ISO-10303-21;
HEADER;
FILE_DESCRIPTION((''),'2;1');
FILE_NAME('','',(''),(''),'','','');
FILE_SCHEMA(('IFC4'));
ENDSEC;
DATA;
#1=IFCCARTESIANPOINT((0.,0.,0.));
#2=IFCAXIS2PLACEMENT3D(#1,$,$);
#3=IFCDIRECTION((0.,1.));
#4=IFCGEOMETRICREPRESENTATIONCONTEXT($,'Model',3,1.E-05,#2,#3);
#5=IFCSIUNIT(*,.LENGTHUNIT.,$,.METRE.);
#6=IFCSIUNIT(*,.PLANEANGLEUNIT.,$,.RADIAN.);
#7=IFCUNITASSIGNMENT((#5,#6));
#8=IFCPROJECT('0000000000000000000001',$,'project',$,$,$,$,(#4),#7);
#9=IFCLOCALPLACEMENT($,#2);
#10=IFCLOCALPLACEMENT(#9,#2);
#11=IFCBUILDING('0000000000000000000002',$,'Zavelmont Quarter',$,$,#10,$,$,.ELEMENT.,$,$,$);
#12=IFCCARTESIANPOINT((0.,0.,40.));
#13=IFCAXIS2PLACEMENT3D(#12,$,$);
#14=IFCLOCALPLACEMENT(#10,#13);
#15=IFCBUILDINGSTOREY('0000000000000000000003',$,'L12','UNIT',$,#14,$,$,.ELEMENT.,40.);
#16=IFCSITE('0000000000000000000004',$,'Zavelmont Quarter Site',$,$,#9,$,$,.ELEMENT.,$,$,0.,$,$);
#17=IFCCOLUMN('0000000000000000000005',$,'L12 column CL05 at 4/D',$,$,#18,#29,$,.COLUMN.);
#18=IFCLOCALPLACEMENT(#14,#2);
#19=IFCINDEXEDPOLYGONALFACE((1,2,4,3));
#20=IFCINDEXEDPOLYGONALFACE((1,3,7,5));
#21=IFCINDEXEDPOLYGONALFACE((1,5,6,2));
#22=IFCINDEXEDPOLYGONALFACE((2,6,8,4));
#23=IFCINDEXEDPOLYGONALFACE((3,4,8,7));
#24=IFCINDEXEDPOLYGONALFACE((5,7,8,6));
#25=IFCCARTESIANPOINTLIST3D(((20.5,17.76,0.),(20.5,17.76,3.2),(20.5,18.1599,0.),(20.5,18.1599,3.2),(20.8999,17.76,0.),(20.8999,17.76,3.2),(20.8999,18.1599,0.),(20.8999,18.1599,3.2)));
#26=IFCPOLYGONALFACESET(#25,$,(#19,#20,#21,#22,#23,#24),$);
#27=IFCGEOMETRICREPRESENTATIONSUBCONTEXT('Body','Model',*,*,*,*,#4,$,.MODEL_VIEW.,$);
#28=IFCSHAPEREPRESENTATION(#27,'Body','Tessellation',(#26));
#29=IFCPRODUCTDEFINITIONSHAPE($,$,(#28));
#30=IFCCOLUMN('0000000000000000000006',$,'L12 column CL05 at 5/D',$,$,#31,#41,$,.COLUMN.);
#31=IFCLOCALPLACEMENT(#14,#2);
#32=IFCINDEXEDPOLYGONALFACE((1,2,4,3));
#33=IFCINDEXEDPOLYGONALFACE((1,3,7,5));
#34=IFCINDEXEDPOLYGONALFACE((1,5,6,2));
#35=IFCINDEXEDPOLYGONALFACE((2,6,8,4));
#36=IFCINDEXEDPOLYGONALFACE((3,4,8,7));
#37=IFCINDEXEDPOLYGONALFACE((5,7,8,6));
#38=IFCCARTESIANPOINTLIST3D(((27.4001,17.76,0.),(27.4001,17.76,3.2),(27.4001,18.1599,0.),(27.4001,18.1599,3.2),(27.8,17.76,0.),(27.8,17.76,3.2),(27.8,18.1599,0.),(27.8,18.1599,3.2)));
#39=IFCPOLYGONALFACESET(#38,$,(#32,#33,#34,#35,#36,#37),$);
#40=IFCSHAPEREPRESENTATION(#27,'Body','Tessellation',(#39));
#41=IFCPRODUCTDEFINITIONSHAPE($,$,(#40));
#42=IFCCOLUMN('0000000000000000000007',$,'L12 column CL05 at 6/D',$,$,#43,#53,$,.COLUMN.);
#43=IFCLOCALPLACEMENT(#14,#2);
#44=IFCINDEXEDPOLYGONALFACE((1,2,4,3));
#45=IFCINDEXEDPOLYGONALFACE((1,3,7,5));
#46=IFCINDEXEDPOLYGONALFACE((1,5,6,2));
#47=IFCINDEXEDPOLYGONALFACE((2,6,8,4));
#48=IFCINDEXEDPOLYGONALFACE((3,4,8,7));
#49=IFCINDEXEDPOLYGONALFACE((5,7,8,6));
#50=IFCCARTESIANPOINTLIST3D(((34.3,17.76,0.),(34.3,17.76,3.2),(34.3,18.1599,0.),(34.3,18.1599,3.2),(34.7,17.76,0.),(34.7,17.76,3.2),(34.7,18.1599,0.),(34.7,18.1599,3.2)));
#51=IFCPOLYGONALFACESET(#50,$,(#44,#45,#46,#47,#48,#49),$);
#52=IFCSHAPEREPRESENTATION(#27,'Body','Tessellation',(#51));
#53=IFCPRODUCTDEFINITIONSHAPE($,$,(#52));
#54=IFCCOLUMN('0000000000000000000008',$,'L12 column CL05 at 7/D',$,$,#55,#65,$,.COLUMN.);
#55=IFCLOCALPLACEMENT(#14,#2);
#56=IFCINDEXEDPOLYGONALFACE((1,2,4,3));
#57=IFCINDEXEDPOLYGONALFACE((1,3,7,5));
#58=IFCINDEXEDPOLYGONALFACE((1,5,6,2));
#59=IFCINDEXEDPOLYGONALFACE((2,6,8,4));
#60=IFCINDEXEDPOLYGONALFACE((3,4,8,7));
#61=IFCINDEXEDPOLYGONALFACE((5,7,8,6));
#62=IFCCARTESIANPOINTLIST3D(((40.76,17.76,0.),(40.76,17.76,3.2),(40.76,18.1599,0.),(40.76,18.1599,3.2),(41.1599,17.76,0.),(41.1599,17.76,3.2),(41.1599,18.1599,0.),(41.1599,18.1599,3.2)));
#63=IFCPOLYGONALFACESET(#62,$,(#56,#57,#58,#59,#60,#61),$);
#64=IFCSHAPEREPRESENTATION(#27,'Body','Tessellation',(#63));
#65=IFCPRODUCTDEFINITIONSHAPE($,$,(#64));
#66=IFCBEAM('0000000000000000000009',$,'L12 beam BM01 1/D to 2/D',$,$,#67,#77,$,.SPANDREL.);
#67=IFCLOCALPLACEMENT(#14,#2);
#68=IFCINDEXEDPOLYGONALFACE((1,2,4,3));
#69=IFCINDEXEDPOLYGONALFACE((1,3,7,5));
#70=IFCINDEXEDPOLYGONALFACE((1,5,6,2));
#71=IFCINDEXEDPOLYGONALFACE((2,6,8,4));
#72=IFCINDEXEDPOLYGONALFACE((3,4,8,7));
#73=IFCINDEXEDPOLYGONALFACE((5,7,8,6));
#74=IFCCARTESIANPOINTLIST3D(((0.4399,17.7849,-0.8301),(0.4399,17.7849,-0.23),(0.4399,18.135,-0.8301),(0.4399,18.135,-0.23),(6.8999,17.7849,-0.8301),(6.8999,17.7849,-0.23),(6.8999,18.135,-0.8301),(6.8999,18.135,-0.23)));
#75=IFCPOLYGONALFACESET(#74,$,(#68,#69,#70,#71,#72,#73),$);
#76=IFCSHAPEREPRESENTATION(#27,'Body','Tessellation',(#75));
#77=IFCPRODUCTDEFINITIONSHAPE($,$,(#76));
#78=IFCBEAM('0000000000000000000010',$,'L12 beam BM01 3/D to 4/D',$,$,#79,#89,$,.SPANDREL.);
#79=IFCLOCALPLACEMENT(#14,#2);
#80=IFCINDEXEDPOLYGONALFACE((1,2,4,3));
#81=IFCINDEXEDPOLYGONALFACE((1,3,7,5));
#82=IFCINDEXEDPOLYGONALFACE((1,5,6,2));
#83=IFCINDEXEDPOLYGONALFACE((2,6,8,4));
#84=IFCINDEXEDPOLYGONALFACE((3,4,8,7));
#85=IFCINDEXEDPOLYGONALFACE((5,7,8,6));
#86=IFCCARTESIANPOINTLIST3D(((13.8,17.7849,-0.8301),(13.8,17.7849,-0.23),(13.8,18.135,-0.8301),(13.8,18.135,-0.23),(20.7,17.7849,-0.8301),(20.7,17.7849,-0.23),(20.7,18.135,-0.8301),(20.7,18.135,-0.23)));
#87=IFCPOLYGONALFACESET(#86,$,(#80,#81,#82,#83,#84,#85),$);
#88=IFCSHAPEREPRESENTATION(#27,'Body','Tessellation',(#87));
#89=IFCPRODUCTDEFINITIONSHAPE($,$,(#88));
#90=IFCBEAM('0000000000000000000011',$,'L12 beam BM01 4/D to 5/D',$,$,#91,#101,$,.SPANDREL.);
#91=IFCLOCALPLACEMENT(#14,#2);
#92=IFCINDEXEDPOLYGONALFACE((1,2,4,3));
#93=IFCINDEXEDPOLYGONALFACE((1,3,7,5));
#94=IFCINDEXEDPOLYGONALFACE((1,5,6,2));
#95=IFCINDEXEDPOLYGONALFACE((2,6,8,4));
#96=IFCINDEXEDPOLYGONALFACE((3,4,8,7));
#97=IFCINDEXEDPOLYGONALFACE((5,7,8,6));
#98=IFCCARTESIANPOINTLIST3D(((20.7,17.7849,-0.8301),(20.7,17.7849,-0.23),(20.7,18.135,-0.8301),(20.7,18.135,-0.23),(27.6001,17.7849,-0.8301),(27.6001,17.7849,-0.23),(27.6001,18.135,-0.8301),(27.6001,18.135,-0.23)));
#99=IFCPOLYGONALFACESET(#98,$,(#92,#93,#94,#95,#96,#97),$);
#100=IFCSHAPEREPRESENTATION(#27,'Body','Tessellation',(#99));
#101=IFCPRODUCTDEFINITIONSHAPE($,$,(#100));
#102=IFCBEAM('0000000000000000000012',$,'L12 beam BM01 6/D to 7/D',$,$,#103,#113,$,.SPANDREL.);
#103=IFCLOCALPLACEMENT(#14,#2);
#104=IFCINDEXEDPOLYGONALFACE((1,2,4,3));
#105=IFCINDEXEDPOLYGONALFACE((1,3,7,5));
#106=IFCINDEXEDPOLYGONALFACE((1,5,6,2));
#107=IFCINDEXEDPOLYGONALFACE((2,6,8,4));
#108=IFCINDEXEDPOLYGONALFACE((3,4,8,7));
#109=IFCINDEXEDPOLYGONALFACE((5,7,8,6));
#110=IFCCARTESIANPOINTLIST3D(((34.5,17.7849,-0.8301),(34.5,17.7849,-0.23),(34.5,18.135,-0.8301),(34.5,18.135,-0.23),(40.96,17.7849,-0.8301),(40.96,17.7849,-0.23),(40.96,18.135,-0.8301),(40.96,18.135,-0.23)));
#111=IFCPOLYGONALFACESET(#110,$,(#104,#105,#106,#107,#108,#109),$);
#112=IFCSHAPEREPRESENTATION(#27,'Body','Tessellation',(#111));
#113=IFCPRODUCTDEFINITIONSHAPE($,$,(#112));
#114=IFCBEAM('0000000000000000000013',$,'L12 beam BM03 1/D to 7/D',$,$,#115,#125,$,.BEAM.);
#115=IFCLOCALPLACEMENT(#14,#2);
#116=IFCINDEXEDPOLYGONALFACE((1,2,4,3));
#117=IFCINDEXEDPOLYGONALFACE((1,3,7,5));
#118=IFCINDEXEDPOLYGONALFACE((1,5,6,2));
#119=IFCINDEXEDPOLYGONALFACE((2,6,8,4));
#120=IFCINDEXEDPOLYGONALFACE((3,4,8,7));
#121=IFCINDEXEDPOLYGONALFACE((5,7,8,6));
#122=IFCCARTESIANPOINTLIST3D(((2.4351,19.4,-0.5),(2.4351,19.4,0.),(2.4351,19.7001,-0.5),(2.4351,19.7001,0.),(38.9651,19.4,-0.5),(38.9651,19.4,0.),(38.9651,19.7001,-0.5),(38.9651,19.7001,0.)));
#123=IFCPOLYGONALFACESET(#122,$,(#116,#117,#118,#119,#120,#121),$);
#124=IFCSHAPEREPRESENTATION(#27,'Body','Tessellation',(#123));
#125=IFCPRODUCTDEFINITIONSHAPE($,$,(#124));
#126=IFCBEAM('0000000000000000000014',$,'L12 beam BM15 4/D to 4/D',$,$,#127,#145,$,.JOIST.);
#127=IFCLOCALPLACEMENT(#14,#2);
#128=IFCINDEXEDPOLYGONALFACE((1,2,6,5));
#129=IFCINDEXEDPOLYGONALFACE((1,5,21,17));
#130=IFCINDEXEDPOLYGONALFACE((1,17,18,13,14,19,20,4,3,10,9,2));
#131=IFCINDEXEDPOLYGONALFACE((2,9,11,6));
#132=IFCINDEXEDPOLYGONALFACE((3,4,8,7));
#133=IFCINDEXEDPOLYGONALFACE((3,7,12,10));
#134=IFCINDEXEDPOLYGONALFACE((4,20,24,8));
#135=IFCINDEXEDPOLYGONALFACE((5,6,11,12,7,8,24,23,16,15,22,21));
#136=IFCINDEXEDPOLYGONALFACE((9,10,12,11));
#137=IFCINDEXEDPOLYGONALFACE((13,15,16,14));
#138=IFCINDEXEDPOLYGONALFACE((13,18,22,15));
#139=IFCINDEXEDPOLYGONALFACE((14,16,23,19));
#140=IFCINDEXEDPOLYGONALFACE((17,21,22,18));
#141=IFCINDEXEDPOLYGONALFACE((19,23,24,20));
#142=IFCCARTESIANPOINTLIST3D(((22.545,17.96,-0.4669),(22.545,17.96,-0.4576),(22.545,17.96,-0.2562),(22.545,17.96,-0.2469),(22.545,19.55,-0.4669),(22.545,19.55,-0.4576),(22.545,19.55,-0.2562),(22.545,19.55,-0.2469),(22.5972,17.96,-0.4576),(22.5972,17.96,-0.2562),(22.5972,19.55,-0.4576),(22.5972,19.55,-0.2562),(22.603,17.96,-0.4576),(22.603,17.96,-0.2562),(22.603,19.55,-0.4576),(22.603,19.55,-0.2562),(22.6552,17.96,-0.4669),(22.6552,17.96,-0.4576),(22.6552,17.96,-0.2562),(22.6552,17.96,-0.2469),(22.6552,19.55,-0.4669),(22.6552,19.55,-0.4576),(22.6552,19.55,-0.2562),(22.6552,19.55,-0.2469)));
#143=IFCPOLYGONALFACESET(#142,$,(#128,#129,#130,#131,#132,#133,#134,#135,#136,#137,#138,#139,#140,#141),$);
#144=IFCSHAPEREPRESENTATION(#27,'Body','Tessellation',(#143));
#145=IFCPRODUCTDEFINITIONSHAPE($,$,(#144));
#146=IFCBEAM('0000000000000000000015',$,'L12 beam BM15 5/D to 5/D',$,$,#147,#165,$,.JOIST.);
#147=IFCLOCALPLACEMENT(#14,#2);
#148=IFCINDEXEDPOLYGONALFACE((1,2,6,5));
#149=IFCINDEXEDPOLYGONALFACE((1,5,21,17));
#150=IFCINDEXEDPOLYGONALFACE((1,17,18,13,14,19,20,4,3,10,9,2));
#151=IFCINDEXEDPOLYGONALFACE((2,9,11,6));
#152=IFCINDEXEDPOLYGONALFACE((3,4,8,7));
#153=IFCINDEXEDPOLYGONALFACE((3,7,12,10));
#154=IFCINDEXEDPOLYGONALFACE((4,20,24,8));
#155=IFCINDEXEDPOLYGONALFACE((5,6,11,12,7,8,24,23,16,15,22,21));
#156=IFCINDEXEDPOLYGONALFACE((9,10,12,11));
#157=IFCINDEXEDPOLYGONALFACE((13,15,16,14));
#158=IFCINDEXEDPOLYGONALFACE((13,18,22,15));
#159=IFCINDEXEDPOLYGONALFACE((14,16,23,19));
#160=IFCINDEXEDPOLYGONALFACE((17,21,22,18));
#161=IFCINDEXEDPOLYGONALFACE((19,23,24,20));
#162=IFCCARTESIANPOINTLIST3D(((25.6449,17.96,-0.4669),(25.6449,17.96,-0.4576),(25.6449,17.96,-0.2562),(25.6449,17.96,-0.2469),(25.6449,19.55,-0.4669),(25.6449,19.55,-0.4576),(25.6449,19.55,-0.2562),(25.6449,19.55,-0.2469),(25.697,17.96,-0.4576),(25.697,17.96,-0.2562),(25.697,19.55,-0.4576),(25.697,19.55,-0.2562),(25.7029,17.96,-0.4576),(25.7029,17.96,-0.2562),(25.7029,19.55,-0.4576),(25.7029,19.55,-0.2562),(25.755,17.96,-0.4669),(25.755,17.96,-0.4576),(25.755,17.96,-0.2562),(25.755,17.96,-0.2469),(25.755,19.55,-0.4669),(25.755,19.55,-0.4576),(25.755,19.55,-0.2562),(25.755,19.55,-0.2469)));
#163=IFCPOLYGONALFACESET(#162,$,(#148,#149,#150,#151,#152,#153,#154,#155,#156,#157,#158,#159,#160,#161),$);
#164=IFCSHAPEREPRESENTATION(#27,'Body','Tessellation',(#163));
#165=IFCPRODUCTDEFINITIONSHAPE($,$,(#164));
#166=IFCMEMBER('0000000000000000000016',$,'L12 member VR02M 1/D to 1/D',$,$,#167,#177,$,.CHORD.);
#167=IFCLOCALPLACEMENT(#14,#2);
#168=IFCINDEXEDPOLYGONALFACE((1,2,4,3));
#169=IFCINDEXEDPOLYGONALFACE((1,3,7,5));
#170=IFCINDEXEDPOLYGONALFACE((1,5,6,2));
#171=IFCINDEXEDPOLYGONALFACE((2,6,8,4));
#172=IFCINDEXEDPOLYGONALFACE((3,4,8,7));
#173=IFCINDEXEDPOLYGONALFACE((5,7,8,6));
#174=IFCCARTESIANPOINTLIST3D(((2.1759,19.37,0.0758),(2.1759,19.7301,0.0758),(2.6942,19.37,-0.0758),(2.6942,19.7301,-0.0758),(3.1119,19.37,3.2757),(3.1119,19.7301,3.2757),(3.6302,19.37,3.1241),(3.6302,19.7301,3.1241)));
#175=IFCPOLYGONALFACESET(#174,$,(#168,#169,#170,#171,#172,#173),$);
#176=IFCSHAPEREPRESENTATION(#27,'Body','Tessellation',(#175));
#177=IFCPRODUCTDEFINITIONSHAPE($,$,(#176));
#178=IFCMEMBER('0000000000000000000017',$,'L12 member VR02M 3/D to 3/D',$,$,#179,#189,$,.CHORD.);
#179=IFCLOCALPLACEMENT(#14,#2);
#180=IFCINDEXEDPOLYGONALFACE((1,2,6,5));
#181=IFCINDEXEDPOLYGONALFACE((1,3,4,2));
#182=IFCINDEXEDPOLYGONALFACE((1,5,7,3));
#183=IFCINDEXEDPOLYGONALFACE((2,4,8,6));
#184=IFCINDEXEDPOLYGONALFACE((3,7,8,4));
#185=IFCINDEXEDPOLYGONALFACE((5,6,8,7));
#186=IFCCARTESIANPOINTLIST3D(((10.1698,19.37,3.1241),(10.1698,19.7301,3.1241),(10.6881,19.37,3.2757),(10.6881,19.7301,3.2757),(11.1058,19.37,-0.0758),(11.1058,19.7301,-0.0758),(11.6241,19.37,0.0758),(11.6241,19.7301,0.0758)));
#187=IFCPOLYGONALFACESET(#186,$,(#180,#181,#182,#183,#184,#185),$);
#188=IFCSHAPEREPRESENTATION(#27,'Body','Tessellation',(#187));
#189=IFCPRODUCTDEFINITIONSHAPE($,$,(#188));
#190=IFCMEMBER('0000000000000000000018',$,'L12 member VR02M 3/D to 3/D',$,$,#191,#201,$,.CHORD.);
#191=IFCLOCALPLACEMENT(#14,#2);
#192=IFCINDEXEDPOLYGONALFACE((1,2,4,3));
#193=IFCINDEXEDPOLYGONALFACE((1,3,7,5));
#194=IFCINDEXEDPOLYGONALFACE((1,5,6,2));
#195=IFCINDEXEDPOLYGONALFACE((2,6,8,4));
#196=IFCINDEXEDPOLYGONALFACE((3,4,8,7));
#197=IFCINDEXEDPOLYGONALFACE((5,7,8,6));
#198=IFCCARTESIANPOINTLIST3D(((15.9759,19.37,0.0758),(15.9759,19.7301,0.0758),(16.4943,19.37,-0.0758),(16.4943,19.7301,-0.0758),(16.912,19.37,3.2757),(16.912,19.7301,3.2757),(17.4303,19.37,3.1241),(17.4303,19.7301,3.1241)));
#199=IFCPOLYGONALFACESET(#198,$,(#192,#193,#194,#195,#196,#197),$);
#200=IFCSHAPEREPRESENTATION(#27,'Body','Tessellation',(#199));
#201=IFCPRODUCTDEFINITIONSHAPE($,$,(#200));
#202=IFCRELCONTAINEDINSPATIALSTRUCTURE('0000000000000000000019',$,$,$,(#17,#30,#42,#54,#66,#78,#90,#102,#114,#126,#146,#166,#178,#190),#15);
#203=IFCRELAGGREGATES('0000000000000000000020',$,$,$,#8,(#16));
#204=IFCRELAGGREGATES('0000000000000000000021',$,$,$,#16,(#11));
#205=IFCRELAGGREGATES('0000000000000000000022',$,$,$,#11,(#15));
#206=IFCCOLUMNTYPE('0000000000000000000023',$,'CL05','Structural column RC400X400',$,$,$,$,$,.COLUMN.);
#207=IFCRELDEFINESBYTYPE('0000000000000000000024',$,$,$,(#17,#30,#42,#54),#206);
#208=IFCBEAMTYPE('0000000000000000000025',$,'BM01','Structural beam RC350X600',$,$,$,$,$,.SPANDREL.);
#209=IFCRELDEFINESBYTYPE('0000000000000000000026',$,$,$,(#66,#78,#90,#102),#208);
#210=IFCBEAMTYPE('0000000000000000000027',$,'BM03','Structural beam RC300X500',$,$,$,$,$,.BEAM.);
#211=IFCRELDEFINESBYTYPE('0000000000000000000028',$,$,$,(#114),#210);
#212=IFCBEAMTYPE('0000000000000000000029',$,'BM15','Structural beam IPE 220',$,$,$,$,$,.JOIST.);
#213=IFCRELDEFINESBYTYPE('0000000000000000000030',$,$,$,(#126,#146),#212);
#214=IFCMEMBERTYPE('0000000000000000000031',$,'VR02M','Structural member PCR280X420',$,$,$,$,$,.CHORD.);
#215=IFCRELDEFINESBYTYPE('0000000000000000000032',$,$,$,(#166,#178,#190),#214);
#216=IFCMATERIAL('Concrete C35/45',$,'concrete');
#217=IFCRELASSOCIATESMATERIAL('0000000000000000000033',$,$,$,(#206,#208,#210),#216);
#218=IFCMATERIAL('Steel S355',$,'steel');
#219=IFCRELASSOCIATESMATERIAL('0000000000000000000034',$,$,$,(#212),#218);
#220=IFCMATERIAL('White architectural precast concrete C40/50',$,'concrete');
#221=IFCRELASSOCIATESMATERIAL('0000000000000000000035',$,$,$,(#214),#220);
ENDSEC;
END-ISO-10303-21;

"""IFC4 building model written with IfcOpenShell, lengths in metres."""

from ifc_helpers import new_model, si_unit, direction, frame, origin, origin_2d, place, context, subcontext, project, spatial, rectangle, i_section, extrude, material, material_profile, profile_set, type_object, element, save


model = new_model("IFC4")

# Units and contexts
model_context = context("Model", 3, precision=1e-05, world=origin(), true_north=direction((0.0, 1.0)))
body_context = subcontext(model_context, "Body", "Model", "MODEL_VIEW")
ifc_project = project(units=[si_unit("LENGTHUNIT", "METRE"), si_unit("PLANEANGLEUNIT", "RADIAN")], contexts=[model_context])

# Site, building, storey
site_placement = place(None, origin())
site = spatial("IfcSite", under=ifc_project, at=site_placement, Name="Zavelmont Quarter Site", CompositionType="ELEMENT", RefElevation=0.0)
building_placement = place(site_placement, origin())
building = spatial("IfcBuilding", under=site, at=building_placement, Name="Zavelmont Quarter", CompositionType="ELEMENT")
storey_placement = place(building_placement, frame((0.0, 0.0, 40.0)))
storey = spatial("IfcBuildingStorey", under=building, at=storey_placement, Name="L12", Description="UNIT", CompositionType="ELEMENT", Elevation=40.0)

# Columns
ifc_material_1 = material(Name="Concrete C35/45", Category="concrete")
ifc_material_profile_1 = material_profile(ifc_material_1, rectangle(XDim=0.3999, YDim=0.3999, at=origin_2d()), Name="RC400X400")
ifc_profile_set_1 = profile_set([ifc_material_profile_1], Name="Concrete C35/45")
column_type = type_object("IfcColumnType", Name="CL05", Description="Structural column RC400X400", PredefinedType="COLUMN", material=ifc_profile_set_1)
for number, where, z_axis, x_axis, name in (
    (1, (20.7, 17.96, 0.0), (0.0, 0.0, 1.0), (1.0, 0.0, 0.0), "L12 column CL05 at 4/D"),
    (2, (27.6001, 17.96, 0.0), (0.0, 0.0, 1.0), (1.0, 0.0, 0.0), "L12 column CL05 at 5/D"),
    (3, (34.5, 17.96, 0.0), (0.0, 0.0, 1.0), (1.0, 0.0, 0.0), "L12 column CL05 at 6/D"),
    (4, (40.96, 17.96, 0.0), (0.0, 0.0, 1.0), (1.0, 0.0, 0.0), "L12 column CL05 at 7/D"),
):
    element("IfcColumn", number, at=place(storey_placement, frame(where, z_axis=z_axis, x_axis=x_axis)), inside=storey, type_object=column_type, Name=name, PredefinedType="COLUMN", context=body_context, shape_type="SweptSolid", body=[
        extrude(rectangle(XDim=0.3999, YDim=0.3999, at=origin_2d()), origin(), (0.0, 0.0, 1.0), 3.2),
    ])

# Beams
ifc_material_profile_2 = material_profile(ifc_material_1, rectangle(XDim=0.3501, YDim=0.6001, at=origin_2d()), Name="RC350X600")
ifc_profile_set_2 = profile_set([ifc_material_profile_2], Name="Concrete C35/45")
beam_type_1 = type_object("IfcBeamType", Name="BM01", Description="Structural beam RC350X600", PredefinedType="SPANDREL", material=ifc_profile_set_2)
beam_1_placement = place(storey_placement, frame((0.4399, 17.96, -0.53), z_axis=(1.0, 0.0, 0.0), x_axis=(0.0, 1.0, 0.0)))
element("IfcBeam", 5, at=beam_1_placement, inside=storey, type_object=beam_type_1, Name="L12 beam BM01 1/D to 2/D", PredefinedType="SPANDREL", context=body_context, shape_type="SweptSolid", body=[
    extrude(rectangle(XDim=0.3501, YDim=0.6001, at=origin_2d()), origin(), (0.0, 0.0, 1.0), 6.46),
])
beam_2_placement = place(storey_placement, frame((13.8, 17.96, -0.53), z_axis=(1.0, 0.0, 0.0), x_axis=(0.0, 1.0, 0.0)))
element("IfcBeam", 6, at=beam_2_placement, inside=storey, type_object=beam_type_1, Name="L12 beam BM01 3/D to 4/D", PredefinedType="SPANDREL", context=body_context, shape_type="SweptSolid", body=[
    extrude(rectangle(XDim=0.3501, YDim=0.6001, at=origin_2d()), origin(), (0.0, 0.0, 1.0), 6.8999),
])
beam_3_placement = place(storey_placement, frame((20.7, 17.96, -0.53), z_axis=(1.0, 0.0, 0.0), x_axis=(0.0, 1.0, 0.0)))
element("IfcBeam", 7, at=beam_3_placement, inside=storey, type_object=beam_type_1, Name="L12 beam BM01 4/D to 5/D", PredefinedType="SPANDREL", context=body_context, shape_type="SweptSolid", body=[
    extrude(rectangle(XDim=0.3501, YDim=0.6001, at=origin_2d()), origin(), (0.0, 0.0, 1.0), 6.9001),
])
beam_4_placement = place(storey_placement, frame((34.5, 17.96, -0.53), z_axis=(1.0, 0.0, 0.0), x_axis=(0.0, 1.0, 0.0)))
element("IfcBeam", 8, at=beam_4_placement, inside=storey, type_object=beam_type_1, Name="L12 beam BM01 6/D to 7/D", PredefinedType="SPANDREL", context=body_context, shape_type="SweptSolid", body=[
    extrude(rectangle(XDim=0.3501, YDim=0.6001, at=origin_2d()), origin(), (0.0, 0.0, 1.0), 6.46),
])
ifc_material_profile_3 = material_profile(ifc_material_1, rectangle(XDim=0.3, YDim=0.5, at=origin_2d()), Name="RC300X500")
ifc_profile_set_3 = profile_set([ifc_material_profile_3], Name="Concrete C35/45")
beam_type_2 = type_object("IfcBeamType", Name="BM03", Description="Structural beam RC300X500", PredefinedType="BEAM", material=ifc_profile_set_3)
beam_5_placement = place(storey_placement, frame((2.4351, 19.55, -0.25), z_axis=(1.0, 0.0, 0.0), x_axis=(0.0, 1.0, 0.0)))
element("IfcBeam", 9, at=beam_5_placement, inside=storey, type_object=beam_type_2, Name="L12 beam BM03 1/D to 7/D", PredefinedType="BEAM", context=body_context, shape_type="SweptSolid", body=[
    extrude(rectangle(XDim=0.3, YDim=0.5, at=origin_2d()), origin(), (0.0, 0.0, 1.0), 36.53),
])
ifc_material_2 = material(Name="Steel S355", Category="steel")
ifc_material_profile_4 = material_profile(ifc_material_2, i_section(OverallWidth=0.1101, OverallDepth=0.22, WebThickness=0.0059, FlangeThickness=0.0093, at=origin_2d()), Name="IPE 220")
ifc_profile_set_4 = profile_set([ifc_material_profile_4], Name="Steel S355")
beam_type_3 = type_object("IfcBeamType", Name="BM15", Description="Structural beam IPE 220", PredefinedType="JOIST", material=ifc_profile_set_4)
for number, where, z_axis, x_axis, name in (
    (10, (22.6001, 17.96, -0.3569), (0.0, 1.0, 0.0), (-1.0, 0.0, 0.0), "L12 beam BM15 4/D to 4/D"),
    (11, (25.7, 17.96, -0.3569), (0.0, 1.0, 0.0), (-1.0, 0.0, 0.0), "L12 beam BM15 5/D to 5/D"),
):
    element("IfcBeam", number, at=place(storey_placement, frame(where, z_axis=z_axis, x_axis=x_axis)), inside=storey, type_object=beam_type_3, Name=name, PredefinedType="JOIST", context=body_context, shape_type="SweptSolid", body=[
        extrude(i_section(OverallWidth=0.1101, OverallDepth=0.22, WebThickness=0.0059, FlangeThickness=0.0093, at=origin_2d()), origin(), (0.0, 0.0, 1.0), 1.5901),
    ])

# Members
ifc_material_3 = material(Name="White architectural precast concrete C40/50", Category="concrete")
ifc_material_profile_5 = material_profile(ifc_material_3, rectangle(XDim=0.3601, YDim=0.54, at=origin_2d()), Name="PCR280X420")
ifc_profile_set_5 = profile_set([ifc_material_profile_5], Name="White architectural precast concrete C40/50")
member_type = type_object("IfcMemberType", Name="VR02M", Description="Structural member PCR280X420", PredefinedType="CHORD", material=ifc_profile_set_5)
for number, where, z_axis, x_axis, name in (
    (12, (2.4351, 19.55, 0.0), (0.280751, 0.0, 0.959781), (0.0, 1.0, 0.0), "L12 member VR02M 1/D to 1/D"),
    (13, (11.365, 19.55, 0.0), (-0.280751, 0.0, 0.959781), (0.0, -1.0, 0.0), "L12 member VR02M 3/D to 3/D"),
    (14, (16.2351, 19.55, 0.0), (0.280751, 0.0, 0.959781), (0.0, 1.0, 0.0), "L12 member VR02M 3/D to 3/D"),
):
    element("IfcMember", number, at=place(storey_placement, frame(where, z_axis=z_axis, x_axis=x_axis)), inside=storey, type_object=member_type, Name=name, PredefinedType="CHORD", context=body_context, shape_type="SweptSolid", body=[
        extrude(rectangle(XDim=0.3601, YDim=0.54, at=origin_2d()), origin(), (0.0, 0.0, 1.0), 3.334),
    ])

save(model, "model.ifc")
